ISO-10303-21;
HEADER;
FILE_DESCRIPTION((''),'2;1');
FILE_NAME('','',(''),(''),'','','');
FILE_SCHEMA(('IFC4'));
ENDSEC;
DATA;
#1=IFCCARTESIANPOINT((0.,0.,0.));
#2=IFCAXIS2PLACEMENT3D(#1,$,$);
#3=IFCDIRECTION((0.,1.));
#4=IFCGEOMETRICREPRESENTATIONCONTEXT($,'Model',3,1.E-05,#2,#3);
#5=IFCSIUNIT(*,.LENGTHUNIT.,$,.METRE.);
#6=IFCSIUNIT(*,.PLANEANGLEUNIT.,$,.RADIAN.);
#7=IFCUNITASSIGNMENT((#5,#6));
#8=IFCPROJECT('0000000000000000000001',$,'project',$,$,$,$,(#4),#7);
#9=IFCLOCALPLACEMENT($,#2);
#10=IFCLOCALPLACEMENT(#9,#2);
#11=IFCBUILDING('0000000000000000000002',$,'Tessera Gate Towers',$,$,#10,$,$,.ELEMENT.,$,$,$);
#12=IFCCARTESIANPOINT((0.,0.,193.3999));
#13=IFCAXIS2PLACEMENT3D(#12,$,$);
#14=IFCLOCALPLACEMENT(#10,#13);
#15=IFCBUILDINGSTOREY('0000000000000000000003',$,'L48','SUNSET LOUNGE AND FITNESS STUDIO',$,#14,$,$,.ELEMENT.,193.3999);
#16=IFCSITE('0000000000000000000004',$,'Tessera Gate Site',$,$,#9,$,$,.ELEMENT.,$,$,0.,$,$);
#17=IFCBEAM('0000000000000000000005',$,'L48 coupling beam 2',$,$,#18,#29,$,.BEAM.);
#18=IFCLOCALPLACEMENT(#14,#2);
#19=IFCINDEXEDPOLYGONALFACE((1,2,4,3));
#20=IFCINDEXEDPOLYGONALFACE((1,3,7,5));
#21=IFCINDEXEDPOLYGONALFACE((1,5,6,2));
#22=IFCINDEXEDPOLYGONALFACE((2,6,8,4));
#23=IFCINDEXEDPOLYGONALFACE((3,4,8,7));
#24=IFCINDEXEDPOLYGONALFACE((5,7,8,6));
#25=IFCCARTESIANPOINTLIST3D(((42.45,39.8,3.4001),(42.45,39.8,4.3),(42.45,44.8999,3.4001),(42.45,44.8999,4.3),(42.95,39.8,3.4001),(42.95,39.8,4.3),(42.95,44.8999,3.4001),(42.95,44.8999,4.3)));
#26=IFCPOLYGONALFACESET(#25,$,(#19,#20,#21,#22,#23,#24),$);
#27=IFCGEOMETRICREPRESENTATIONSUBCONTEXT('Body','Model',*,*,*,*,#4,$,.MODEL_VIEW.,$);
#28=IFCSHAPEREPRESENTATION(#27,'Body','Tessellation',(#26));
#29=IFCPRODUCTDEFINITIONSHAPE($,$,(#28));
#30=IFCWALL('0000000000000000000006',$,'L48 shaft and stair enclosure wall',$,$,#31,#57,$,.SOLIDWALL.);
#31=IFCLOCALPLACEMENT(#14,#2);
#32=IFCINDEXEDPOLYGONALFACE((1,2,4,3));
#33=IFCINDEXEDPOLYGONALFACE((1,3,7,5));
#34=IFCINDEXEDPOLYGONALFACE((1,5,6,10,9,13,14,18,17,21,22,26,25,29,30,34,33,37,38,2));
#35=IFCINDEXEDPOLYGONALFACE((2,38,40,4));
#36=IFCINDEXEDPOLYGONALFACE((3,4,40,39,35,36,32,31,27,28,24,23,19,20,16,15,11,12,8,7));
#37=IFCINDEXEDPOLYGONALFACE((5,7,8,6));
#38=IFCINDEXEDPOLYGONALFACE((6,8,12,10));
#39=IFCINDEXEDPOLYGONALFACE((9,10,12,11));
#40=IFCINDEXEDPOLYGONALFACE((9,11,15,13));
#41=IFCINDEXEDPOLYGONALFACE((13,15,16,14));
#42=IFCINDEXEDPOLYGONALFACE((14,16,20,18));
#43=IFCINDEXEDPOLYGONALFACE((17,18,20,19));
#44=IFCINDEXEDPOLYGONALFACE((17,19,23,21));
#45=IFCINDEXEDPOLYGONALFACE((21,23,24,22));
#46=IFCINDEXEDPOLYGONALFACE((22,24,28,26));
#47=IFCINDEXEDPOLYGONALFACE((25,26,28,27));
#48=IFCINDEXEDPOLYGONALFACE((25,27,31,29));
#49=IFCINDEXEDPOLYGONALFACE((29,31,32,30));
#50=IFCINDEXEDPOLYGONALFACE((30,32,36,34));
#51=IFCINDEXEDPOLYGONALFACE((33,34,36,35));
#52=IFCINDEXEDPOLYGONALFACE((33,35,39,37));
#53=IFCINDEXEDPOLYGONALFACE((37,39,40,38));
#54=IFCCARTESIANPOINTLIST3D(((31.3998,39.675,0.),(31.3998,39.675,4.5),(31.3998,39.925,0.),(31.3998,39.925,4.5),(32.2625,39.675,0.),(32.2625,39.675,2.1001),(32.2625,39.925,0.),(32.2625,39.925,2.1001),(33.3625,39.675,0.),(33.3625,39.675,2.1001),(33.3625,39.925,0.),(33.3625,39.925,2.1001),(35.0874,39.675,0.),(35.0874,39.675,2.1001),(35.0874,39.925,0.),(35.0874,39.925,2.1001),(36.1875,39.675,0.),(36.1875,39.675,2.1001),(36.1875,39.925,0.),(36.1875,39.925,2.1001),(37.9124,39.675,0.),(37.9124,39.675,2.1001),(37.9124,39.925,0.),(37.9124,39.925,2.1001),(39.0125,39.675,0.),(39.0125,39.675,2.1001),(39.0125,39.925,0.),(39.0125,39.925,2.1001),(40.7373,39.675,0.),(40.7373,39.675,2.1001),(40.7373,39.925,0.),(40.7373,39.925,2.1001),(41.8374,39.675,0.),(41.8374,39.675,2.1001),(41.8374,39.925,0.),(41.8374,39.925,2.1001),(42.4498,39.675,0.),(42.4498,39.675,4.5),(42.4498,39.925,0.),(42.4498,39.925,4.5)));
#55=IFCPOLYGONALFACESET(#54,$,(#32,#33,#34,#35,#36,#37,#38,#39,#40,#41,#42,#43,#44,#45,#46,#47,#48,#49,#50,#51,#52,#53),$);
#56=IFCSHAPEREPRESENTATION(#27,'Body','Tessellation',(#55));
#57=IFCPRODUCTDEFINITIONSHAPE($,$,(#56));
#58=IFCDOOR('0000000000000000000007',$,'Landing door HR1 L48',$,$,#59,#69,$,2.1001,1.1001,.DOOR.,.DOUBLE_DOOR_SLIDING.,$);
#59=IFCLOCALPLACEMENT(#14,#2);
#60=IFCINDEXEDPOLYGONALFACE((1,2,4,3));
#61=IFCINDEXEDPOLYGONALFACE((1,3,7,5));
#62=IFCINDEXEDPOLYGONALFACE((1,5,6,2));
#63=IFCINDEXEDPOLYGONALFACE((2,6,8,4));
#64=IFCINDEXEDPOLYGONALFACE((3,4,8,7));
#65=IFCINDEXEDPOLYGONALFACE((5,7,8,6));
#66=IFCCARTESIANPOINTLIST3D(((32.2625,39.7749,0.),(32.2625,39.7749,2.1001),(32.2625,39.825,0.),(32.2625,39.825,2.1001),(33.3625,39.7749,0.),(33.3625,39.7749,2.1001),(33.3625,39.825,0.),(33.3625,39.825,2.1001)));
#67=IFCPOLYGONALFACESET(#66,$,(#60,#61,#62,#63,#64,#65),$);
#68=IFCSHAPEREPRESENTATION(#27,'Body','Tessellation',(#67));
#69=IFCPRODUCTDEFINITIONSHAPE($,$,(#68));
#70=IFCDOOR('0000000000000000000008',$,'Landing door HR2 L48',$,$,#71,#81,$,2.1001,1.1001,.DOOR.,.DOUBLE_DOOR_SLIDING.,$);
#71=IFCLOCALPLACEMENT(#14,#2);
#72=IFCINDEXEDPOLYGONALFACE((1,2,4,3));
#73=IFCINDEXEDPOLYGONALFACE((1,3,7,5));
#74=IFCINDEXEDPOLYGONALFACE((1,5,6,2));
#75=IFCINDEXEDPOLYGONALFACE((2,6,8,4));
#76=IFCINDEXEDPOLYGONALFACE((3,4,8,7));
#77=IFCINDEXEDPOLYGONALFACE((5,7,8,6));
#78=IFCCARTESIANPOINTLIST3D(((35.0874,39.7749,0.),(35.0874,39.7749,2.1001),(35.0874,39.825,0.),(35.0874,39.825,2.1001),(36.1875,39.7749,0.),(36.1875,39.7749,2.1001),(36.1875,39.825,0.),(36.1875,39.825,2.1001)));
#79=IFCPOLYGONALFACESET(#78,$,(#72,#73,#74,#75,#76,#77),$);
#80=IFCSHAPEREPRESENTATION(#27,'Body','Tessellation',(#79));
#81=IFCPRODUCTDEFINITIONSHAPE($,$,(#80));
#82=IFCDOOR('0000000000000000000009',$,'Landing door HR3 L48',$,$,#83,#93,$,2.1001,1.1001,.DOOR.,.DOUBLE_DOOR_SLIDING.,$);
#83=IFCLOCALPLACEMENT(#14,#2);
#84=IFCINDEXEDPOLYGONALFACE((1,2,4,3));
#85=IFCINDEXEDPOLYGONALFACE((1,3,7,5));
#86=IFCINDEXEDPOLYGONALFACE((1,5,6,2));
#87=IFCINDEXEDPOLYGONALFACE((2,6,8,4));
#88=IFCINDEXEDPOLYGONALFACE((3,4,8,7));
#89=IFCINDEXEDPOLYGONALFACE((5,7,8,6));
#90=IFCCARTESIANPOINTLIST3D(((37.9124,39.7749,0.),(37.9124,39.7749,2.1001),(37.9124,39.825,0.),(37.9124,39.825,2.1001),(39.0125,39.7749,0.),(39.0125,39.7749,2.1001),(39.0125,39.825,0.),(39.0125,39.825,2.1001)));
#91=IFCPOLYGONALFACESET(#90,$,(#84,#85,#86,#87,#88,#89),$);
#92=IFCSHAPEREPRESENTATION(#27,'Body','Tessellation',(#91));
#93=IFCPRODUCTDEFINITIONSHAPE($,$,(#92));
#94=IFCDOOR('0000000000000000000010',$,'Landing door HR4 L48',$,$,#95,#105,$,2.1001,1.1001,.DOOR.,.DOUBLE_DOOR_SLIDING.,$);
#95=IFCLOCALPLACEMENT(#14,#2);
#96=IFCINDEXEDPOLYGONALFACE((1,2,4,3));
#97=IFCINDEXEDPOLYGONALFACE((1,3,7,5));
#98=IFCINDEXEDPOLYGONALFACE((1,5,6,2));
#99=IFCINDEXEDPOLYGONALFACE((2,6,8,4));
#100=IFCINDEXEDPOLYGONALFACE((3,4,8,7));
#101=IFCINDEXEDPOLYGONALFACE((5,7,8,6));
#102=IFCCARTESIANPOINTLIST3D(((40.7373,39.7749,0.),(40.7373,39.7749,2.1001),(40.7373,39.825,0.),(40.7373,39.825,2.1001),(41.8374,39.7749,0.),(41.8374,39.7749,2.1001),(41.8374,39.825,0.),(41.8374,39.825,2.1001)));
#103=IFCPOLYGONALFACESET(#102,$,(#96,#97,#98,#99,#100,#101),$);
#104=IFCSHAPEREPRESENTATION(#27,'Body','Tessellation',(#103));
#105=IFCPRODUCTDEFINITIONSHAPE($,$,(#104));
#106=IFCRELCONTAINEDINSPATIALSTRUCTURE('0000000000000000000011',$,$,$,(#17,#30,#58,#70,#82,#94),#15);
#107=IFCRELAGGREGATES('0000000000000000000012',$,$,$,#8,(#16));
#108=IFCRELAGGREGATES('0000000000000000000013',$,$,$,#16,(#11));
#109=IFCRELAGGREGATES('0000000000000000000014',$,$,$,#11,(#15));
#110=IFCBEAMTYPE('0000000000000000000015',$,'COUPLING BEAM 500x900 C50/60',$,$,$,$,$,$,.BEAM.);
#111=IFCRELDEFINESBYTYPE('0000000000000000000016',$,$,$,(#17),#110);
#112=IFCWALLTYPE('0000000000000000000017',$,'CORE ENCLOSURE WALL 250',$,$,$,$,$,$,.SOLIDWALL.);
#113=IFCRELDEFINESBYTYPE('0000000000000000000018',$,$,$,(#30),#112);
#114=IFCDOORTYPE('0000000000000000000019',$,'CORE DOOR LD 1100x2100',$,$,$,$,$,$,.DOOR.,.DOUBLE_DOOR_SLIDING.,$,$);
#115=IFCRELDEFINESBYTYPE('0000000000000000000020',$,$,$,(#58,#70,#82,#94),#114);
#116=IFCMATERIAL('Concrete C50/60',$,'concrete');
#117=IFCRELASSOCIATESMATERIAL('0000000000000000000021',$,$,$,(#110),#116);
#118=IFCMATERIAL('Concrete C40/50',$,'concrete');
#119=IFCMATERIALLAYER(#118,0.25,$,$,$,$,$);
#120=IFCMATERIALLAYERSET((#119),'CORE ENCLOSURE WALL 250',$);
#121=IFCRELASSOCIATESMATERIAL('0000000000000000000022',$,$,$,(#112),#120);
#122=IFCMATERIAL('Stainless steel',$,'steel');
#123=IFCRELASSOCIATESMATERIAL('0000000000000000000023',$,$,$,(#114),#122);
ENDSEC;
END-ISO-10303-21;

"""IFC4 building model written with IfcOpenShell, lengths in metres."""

from ifc_helpers import new_model, si_unit, direction, frame, frame_2d, origin, origin_2d, place, context, subcontext, project, spatial, rectangle, extrude, source, transform, mapped, material, layer, layer_set, material_profile, profile_set, type_object, element, fill, save


model = new_model("IFC4")

# Units and contexts
model_context = context("Model", 3, precision=1e-05, world=origin(), true_north=direction((0.0, 1.0)))
body_context = subcontext(model_context, "Body", "Model", "MODEL_VIEW")
ifc_project = project(units=[si_unit("LENGTHUNIT", "METRE"), si_unit("PLANEANGLEUNIT", "RADIAN")], contexts=[model_context])

# Site, building, storey
site_placement = place(None, origin())
site = spatial("IfcSite", under=ifc_project, at=site_placement, Name="Tessera Gate Site", CompositionType="ELEMENT", RefElevation=0.0)
building_placement = place(site_placement, origin())
building = spatial("IfcBuilding", under=site, at=building_placement, Name="Tessera Gate Towers", CompositionType="ELEMENT")
storey_placement = place(building_placement, frame((0.0, 0.0, 193.3999)))
storey = spatial("IfcBuildingStorey", under=building, at=storey_placement, Name="L48", Description="SUNSET LOUNGE AND FITNESS STUDIO", CompositionType="ELEMENT", Elevation=193.3999)

# Beam
ifc_material_1 = material(Name="Concrete C50/60", Category="concrete")
ifc_material_profile = material_profile(ifc_material_1, rectangle(XDim=0.5, YDim=0.8999, at=origin_2d()), Name="RC 500x900")
ifc_profile_set = profile_set([ifc_material_profile], Name="Concrete C50/60")
beam_type = type_object("IfcBeamType", Name="COUPLING BEAM 500x900 C50/60", PredefinedType="BEAM", material=ifc_profile_set)
beam_placement = place(storey_placement, frame((42.7, 39.8, 3.8501), z_axis=(0.0, 1.0, 0.0), x_axis=(-1.0, 0.0, 0.0)))
element("IfcBeam", 1, at=beam_placement, inside=storey, type_object=beam_type, Name="L48 coupling beam 2", PredefinedType="BEAM", context=body_context, shape_type="SweptSolid", body=[
    extrude(rectangle(XDim=0.5, YDim=0.8999, at=origin_2d()), origin(), (0.0, 0.0, 1.0), 5.0999),
])

# Wall, openings, doors
ifc_material_2 = material(Name="Concrete C40/50", Category="concrete")
ifc_layer_1 = layer(ifc_material_2, 0.25)
ifc_layer_set_1 = layer_set([ifc_layer_1], Name="CORE ENCLOSURE WALL 250")
wall_type_1 = type_object("IfcWallType", Name="CORE ENCLOSURE WALL 250", PredefinedType="SOLIDWALL", material=ifc_layer_set_1)
wall_1_placement = place(storey_placement, frame((31.3999, 39.8, 0.0), z_axis=(0.0, 0.0, 1.0), x_axis=(1.0, 0.0, 0.0)))
wall_1 = element("IfcWall", 2, at=wall_1_placement, inside=storey, type_object=wall_type_1, Name="L48 shaft and stair enclosure wall", PredefinedType="SOLIDWALL", context=body_context, shape_type="SweptSolid", body=[
    extrude(rectangle(XDim=11.05, YDim=0.25, at=frame_2d((5.5249, 0.0))), origin(), (0.0, 0.0, 1.0), 4.5),
])
shared_shape_1 = source(origin(), body_context, "Body", "SweptSolid", [
    extrude(rectangle(XDim=1.1001, YDim=2.1001, at=frame_2d((0.55, 1.05))), frame((0.0, 0.135, 0.0), z_axis=(0.0, -1.0, 0.0), x_axis=(1.0, 0.0, 0.0)), (0.0, 0.0, 1.0), 0.27),
])
opening_1_placement = place(wall_1_placement, frame((0.8625, 0.0, 0.0)))
opening_1 = element("IfcOpeningElement", 3, at=opening_1_placement, cuts=wall_1, PredefinedType="OPENING", context=body_context, shape_type="MappedRepresentation", body=[
    mapped(shared_shape_1, transform((0.0, 0.0, 0.0), scale=1.0)),
])
opening_2_placement = place(wall_1_placement, frame((3.6875, 0.0, 0.0)))
opening_2 = element("IfcOpeningElement", 4, at=opening_2_placement, cuts=wall_1, PredefinedType="OPENING", context=body_context, shape_type="MappedRepresentation", body=[
    mapped(shared_shape_1, transform((0.0, 0.0, 0.0), scale=1.0)),
])
opening_3_placement = place(wall_1_placement, frame((6.5125, 0.0, 0.0)))
opening_3 = element("IfcOpeningElement", 5, at=opening_3_placement, cuts=wall_1, PredefinedType="OPENING", context=body_context, shape_type="MappedRepresentation", body=[
    mapped(shared_shape_1, transform((0.0, 0.0, 0.0), scale=1.0)),
])
opening_4_placement = place(wall_1_placement, frame((9.3374, 0.0, 0.0)))
opening_4 = element("IfcOpeningElement", 6, at=opening_4_placement, cuts=wall_1, PredefinedType="OPENING", context=body_context, shape_type="MappedRepresentation", body=[
    mapped(shared_shape_1, transform((0.0, 0.0, 0.0), scale=1.0)),
])
ifc_material_3 = material(Name="Stainless steel", Category="steel")
door_type_1 = type_object("IfcDoorType", Name="CORE DOOR LD 1100x2100", OperationType="DOUBLE_DOOR_SLIDING", PredefinedType="DOOR", material=ifc_material_3)
shared_shape_2 = source(origin(), body_context, "Body", "SweptSolid", [
    extrude(rectangle(XDim=1.1001, YDim=2.1001, at=frame_2d((0.55, 1.05))), frame((0.0, 0.0249, 0.0), z_axis=(0.0, -1.0, 0.0), x_axis=(1.0, 0.0, 0.0)), (0.0, 0.0, 1.0), 0.05),
])
door_1_placement = place(opening_1_placement, origin())
door_1 = element("IfcDoor", 7, at=door_1_placement, inside=storey, type_object=door_type_1, Name="Landing door HR1 L48", OperationType="DOUBLE_DOOR_SLIDING", OverallHeight=2.1001, OverallWidth=1.1001, PredefinedType="DOOR", context=body_context, shape_type="MappedRepresentation", body=[
    mapped(shared_shape_2, transform((0.0, 0.0, 0.0), scale=1.0)),
])
fill(opening_1, door_1)
door_2_placement = place(opening_2_placement, origin())
door_2 = element("IfcDoor", 8, at=door_2_placement, inside=storey, type_object=door_type_1, Name="Landing door HR2 L48", OperationType="DOUBLE_DOOR_SLIDING", OverallHeight=2.1001, OverallWidth=1.1001, PredefinedType="DOOR", context=body_context, shape_type="MappedRepresentation", body=[
    mapped(shared_shape_2, transform((0.0, 0.0, 0.0), scale=1.0)),
])
fill(opening_2, door_2)
door_3_placement = place(opening_3_placement, origin())
door_3 = element("IfcDoor", 9, at=door_3_placement, inside=storey, type_object=door_type_1, Name="Landing door HR3 L48", OperationType="DOUBLE_DOOR_SLIDING", OverallHeight=2.1001, OverallWidth=1.1001, PredefinedType="DOOR", context=body_context, shape_type="MappedRepresentation", body=[
    mapped(shared_shape_2, transform((0.0, 0.0, 0.0), scale=1.0)),
])
fill(opening_3, door_3)
door_4_placement = place(opening_4_placement, origin())
door_4 = element("IfcDoor", 10, at=door_4_placement, inside=storey, type_object=door_type_1, Name="Landing door HR4 L48", OperationType="DOUBLE_DOOR_SLIDING", OverallHeight=2.1001, OverallWidth=1.1001, PredefinedType="DOOR", context=body_context, shape_type="MappedRepresentation", body=[
    mapped(shared_shape_2, transform((0.0, 0.0, 0.0), scale=1.0)),
])
fill(opening_4, door_4)

save(model, "model.ifc")
